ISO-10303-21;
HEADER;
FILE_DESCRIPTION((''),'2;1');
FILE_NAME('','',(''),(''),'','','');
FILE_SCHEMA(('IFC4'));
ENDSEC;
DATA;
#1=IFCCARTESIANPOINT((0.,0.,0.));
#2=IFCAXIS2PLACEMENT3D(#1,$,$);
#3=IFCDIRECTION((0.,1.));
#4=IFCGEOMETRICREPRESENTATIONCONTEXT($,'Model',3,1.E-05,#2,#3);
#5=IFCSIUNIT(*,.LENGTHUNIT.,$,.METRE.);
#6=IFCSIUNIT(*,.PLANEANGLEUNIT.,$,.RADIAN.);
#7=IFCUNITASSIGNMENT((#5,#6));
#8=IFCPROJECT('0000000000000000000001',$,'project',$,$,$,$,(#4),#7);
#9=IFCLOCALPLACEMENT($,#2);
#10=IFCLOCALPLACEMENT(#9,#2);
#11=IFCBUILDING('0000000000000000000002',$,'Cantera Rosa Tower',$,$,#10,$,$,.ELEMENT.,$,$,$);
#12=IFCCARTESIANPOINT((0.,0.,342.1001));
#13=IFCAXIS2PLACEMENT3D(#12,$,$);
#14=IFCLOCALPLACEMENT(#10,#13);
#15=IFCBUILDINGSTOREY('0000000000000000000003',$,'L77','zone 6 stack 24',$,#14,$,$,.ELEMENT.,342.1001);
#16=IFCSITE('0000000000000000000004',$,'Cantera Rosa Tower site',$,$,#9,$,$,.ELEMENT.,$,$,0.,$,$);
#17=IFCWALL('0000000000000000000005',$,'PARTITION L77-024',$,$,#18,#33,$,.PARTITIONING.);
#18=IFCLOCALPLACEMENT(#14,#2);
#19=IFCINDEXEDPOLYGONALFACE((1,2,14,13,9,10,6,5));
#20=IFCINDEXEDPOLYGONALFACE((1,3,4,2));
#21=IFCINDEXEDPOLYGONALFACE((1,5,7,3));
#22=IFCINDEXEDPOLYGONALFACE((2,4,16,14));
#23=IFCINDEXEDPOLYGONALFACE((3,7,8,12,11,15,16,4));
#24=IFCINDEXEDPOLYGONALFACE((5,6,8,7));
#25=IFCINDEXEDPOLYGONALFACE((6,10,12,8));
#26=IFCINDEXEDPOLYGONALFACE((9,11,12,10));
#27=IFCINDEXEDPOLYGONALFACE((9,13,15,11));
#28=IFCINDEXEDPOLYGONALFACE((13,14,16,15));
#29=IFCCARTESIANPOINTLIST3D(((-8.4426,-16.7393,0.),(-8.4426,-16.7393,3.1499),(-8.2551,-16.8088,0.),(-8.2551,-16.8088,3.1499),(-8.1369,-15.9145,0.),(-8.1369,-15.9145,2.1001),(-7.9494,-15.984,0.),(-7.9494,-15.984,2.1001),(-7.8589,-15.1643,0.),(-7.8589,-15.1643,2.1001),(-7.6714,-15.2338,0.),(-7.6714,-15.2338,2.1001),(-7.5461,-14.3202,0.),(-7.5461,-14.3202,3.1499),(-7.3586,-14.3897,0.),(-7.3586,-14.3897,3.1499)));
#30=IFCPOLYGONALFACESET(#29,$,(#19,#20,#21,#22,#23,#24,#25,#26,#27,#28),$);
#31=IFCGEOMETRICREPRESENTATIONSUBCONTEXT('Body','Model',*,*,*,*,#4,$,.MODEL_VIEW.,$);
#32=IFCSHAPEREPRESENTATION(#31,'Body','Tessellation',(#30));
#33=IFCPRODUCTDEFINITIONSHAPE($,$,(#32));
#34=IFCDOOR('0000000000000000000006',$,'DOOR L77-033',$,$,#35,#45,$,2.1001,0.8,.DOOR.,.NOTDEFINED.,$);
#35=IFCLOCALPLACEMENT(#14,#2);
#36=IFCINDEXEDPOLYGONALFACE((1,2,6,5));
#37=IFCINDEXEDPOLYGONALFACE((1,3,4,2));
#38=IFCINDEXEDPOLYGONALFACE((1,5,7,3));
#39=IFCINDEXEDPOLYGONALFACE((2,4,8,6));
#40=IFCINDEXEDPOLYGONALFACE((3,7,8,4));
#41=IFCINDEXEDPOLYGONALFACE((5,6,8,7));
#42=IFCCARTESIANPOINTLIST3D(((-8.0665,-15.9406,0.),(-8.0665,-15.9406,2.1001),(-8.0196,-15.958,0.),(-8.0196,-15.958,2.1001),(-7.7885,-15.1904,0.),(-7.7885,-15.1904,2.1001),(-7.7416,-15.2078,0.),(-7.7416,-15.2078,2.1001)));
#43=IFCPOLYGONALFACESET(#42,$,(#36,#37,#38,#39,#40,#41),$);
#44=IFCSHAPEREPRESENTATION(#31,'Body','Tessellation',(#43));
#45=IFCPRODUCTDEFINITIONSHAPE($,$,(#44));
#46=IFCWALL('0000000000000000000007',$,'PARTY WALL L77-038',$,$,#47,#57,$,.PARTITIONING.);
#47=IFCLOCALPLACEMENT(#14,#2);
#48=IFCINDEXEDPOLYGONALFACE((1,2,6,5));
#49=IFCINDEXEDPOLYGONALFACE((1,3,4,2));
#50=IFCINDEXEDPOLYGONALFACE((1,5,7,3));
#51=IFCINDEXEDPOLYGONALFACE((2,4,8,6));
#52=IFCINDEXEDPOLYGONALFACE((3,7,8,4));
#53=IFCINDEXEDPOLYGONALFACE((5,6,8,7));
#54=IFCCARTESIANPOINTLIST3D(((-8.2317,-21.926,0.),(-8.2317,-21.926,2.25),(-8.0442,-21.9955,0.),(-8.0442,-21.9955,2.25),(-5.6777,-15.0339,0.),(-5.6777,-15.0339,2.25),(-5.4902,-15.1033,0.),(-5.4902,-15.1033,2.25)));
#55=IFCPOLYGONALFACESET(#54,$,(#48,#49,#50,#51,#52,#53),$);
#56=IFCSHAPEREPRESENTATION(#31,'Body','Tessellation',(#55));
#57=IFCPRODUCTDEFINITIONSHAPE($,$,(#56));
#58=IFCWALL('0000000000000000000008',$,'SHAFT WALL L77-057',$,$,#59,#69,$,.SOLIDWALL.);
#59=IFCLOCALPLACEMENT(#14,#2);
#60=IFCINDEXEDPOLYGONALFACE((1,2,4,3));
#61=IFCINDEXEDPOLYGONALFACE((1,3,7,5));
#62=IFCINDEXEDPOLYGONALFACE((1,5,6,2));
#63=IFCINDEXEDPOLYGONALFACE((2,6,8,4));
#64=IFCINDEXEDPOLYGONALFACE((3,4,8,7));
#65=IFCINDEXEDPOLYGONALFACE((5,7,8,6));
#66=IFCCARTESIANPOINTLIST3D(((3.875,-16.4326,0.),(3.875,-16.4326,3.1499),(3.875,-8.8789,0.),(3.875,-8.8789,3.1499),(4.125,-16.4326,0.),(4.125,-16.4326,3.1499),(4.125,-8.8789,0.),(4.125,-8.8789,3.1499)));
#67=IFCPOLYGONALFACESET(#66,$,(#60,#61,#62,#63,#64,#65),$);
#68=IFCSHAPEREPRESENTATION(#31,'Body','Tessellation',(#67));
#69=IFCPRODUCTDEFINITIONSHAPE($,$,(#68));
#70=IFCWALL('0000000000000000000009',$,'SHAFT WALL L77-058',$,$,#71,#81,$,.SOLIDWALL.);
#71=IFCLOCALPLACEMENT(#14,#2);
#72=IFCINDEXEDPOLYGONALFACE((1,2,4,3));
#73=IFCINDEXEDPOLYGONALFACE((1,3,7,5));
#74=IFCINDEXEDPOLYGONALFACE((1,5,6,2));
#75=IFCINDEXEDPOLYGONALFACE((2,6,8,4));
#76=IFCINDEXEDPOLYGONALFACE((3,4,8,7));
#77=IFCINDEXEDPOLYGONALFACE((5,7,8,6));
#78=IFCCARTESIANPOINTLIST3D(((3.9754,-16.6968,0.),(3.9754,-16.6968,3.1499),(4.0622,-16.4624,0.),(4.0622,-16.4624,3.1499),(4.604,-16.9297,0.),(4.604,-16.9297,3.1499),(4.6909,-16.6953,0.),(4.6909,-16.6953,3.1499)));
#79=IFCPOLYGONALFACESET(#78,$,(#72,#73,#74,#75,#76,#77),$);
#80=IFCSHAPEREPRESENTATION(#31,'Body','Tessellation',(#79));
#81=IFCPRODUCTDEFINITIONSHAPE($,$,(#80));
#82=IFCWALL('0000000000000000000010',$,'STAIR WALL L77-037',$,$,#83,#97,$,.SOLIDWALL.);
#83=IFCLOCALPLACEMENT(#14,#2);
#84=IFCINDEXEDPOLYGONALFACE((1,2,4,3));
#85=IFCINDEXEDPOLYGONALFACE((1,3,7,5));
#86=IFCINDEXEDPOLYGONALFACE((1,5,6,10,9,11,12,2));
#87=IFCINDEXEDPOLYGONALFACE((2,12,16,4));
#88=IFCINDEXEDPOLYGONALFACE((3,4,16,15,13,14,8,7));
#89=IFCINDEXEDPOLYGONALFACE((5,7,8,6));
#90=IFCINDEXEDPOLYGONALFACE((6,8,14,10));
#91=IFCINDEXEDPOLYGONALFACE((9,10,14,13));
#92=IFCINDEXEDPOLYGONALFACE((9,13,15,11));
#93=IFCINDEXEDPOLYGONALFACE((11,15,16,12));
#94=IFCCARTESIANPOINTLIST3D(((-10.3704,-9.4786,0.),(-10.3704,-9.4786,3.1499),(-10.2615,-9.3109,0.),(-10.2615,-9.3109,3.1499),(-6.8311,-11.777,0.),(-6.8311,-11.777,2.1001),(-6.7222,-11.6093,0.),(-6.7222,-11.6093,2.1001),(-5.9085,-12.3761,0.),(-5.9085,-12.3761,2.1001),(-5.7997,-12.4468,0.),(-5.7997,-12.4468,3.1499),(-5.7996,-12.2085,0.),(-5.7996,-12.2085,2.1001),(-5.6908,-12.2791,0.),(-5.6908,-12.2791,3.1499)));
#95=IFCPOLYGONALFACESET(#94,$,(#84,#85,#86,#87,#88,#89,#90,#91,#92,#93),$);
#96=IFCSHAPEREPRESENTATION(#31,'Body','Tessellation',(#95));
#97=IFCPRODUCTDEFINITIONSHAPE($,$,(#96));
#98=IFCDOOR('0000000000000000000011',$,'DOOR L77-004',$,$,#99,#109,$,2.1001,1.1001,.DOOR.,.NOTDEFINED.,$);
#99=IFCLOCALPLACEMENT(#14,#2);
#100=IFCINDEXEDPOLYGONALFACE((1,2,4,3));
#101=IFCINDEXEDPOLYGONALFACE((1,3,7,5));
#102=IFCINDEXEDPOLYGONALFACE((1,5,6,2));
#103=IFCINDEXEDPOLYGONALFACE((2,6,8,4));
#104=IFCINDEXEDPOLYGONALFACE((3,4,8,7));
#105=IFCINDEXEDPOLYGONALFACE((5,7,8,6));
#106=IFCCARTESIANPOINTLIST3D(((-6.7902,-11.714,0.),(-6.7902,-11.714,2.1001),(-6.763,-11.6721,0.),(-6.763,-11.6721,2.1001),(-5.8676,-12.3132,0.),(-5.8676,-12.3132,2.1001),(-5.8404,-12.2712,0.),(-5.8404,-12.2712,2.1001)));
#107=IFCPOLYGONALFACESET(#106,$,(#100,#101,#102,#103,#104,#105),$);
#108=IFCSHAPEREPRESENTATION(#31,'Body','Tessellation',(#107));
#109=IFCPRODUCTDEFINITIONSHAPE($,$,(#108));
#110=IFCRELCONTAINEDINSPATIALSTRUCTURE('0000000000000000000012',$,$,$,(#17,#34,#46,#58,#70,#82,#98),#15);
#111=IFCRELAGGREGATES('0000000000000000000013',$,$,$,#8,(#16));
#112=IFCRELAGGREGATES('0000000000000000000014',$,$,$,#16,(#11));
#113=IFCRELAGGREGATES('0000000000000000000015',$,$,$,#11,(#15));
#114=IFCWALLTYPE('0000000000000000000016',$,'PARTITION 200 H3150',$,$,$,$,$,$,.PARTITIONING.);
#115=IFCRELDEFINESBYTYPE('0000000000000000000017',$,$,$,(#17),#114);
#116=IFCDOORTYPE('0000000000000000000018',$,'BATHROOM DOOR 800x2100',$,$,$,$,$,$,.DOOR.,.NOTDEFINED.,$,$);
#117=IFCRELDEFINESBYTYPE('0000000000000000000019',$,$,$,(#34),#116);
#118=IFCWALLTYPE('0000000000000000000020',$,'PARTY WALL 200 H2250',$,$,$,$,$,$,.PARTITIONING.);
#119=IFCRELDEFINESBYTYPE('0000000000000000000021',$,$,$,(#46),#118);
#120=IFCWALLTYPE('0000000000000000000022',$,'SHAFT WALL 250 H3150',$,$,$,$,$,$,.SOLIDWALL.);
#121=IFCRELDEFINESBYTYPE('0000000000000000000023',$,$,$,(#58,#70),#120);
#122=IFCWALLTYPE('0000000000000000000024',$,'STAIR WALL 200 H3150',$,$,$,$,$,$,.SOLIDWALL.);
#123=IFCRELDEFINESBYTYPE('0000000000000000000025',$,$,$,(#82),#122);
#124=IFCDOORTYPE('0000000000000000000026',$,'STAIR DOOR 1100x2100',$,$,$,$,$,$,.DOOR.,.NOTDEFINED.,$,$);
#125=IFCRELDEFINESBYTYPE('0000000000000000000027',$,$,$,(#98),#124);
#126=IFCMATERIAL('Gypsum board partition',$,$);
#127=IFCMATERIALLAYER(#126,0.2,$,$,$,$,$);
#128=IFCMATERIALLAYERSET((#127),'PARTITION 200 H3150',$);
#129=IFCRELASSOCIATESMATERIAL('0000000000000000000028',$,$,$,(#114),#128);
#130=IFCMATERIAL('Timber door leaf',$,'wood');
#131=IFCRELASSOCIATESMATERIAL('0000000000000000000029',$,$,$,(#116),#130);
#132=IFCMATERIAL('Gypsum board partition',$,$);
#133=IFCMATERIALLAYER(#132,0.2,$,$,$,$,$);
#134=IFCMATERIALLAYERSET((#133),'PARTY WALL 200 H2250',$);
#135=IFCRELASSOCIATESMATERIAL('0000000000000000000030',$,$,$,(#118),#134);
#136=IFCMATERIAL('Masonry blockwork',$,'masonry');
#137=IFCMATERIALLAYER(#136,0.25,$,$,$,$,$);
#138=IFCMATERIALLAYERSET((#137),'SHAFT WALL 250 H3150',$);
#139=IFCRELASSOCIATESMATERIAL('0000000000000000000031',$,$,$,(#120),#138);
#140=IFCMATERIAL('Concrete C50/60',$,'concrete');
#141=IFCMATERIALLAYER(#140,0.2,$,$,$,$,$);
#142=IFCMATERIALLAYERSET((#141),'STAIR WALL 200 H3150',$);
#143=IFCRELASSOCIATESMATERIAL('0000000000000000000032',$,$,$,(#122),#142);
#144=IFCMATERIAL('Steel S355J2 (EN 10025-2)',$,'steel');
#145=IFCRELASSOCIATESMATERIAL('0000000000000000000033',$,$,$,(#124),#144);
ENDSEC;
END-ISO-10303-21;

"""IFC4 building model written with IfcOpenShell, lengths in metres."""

from ifc_helpers import new_model, si_unit, direction, frame, frame_2d, origin, place, context, subcontext, project, spatial, rectangle, extrude, material, layer, layer_set, type_object, element, fill, save


model = new_model("IFC4")

# Units and contexts
model_context = context("Model", 3, precision=1e-05, world=origin(), true_north=direction((0.0, 1.0)))
body_context = subcontext(model_context, "Body", "Model", "MODEL_VIEW")
ifc_project = project(units=[si_unit("LENGTHUNIT", "METRE"), si_unit("PLANEANGLEUNIT", "RADIAN")], contexts=[model_context])

# Site, building, storey
site_placement = place(None, origin())
site = spatial("IfcSite", under=ifc_project, at=site_placement, Name="Cantera Rosa Tower site", CompositionType="ELEMENT", RefElevation=0.0)
building_placement = place(site_placement, origin())
building = spatial("IfcBuilding", under=site, at=building_placement, Name="Cantera Rosa Tower", CompositionType="ELEMENT")
storey_placement = place(building_placement, frame((0.0, 0.0, 342.1001)))
storey = spatial("IfcBuildingStorey", under=building, at=storey_placement, Name="L77", Description="zone 6 stack 24", CompositionType="ELEMENT", Elevation=342.1001)

# Shared definitions
ifc_material_1 = material(Name="Gypsum board partition")
ifc_layer_1 = layer(ifc_material_1, 0.2)
ifc_layer_set_1 = layer_set([ifc_layer_1], Name="PARTITION 200 H3150")
wall_type_1 = type_object("IfcWallType", Name="PARTITION 200 H3150", PredefinedType="PARTITIONING", material=ifc_layer_set_1)

# Wall, opening, door
wall_1_placement = place(storey_placement, frame((-8.3489, -16.7742, 0.0), z_axis=(0.0, 0.0, 1.0), x_axis=(0.347481, 0.937687, 0.0)))
wall_1 = element("IfcWall", 1, at=wall_1_placement, inside=storey, type_object=wall_type_1, Name="PARTITION L77-024", PredefinedType="PARTITIONING", context=body_context, shape_type="SweptSolid", body=[
    extrude(rectangle(XDim=2.5798, YDim=0.2, at=frame_2d((1.29, 0.0))), origin(), (0.0, 0.0, 1.0), 3.1499),
])
opening_1_placement = place(wall_1_placement, frame((0.8799, 0.0, 0.0)))
opening_1 = element("IfcOpeningElement", 2, at=opening_1_placement, cuts=wall_1, PredefinedType="OPENING", context=body_context, shape_type="SweptSolid", body=[
    extrude(rectangle(XDim=0.8, YDim=2.1001, at=frame_2d((0.3999, 1.05))), frame((0.0, 0.1099, 0.0), z_axis=(0.0, -1.0, 0.0), x_axis=(1.0, 0.0, 0.0)), (0.0, 0.0, 1.0), 0.22),
])
ifc_material_2 = material(Name="Timber door leaf", Category="wood")
door_type_1 = type_object("IfcDoorType", Name="BATHROOM DOOR 800x2100", OperationType="NOTDEFINED", PredefinedType="DOOR", material=ifc_material_2)
door_1_placement = place(opening_1_placement, origin())
door_1 = element("IfcDoor", 3, at=door_1_placement, inside=storey, type_object=door_type_1, Name="DOOR L77-033", OperationType="NOTDEFINED", OverallHeight=2.1001, OverallWidth=0.8, PredefinedType="DOOR", context=body_context, shape_type="SweptSolid", body=[
    extrude(rectangle(XDim=0.8, YDim=2.1001, at=frame_2d((0.3999, 1.05))), frame((0.0, 0.0249, 0.0), z_axis=(0.0, -1.0, 0.0), x_axis=(1.0, 0.0, 0.0)), (0.0, 0.0, 1.0), 0.05),
])
fill(opening_1, door_1)

# Walls
ifc_material_3 = material(Name="Gypsum board partition")
ifc_layer_2 = layer(ifc_material_3, 0.2)
ifc_layer_set_2 = layer_set([ifc_layer_2], Name="PARTY WALL 200 H2250")
wall_type_2 = type_object("IfcWallType", Name="PARTY WALL 200 H2250", PredefinedType="PARTITIONING", material=ifc_layer_set_2)
wall_2_placement = place(storey_placement, frame((-5.584, -15.0686, 0.0), z_axis=(0.0, 0.0, 1.0), x_axis=(-0.347473, -0.93769, 0.0)))
element("IfcWall", 4, at=wall_2_placement, inside=storey, type_object=wall_type_2, Name="PARTY WALL L77-038", PredefinedType="PARTITIONING", context=body_context, shape_type="SweptSolid", body=[
    extrude(rectangle(XDim=7.3501, YDim=0.2, at=frame_2d((3.675, 0.0))), origin(), (0.0, 0.0, 1.0), 2.25),
])
ifc_material_4 = material(Name="Masonry blockwork", Category="masonry")
ifc_layer_3 = layer(ifc_material_4, 0.25)
ifc_layer_set_3 = layer_set([ifc_layer_3], Name="SHAFT WALL 250 H3150")
wall_type_3 = type_object("IfcWallType", Name="SHAFT WALL 250 H3150", PredefinedType="SOLIDWALL", material=ifc_layer_set_3)
wall_3_placement = place(storey_placement, frame((4.0, -16.4326, 0.0), z_axis=(0.0, 0.0, 1.0), x_axis=(0.0, 1.0, 0.0)))
element("IfcWall", 5, at=wall_3_placement, inside=storey, type_object=wall_type_3, Name="SHAFT WALL L77-057", PredefinedType="SOLIDWALL", context=body_context, shape_type="SweptSolid", body=[
    extrude(rectangle(XDim=7.5537, YDim=0.25, at=frame_2d((3.7769, 0.0))), origin(), (0.0, 0.0, 1.0), 3.1499),
])
wall_4_placement = place(storey_placement, frame((4.0188, -16.5796, 0.0), z_axis=(0.0, 0.0, 1.0), x_axis=(0.937714, -0.347409, 0.0)))
element("IfcWall", 6, at=wall_4_placement, inside=storey, type_object=wall_type_3, Name="SHAFT WALL L77-058", PredefinedType="SOLIDWALL", context=body_context, shape_type="SweptSolid", body=[
    extrude(rectangle(XDim=0.6704, YDim=0.25, at=frame_2d((0.3352, 0.0))), origin(), (0.0, 0.0, 1.0), 3.1499),
])

# Wall, opening, door
ifc_material_5 = material(Name="Concrete C50/60", Category="concrete")
ifc_layer_4 = layer(ifc_material_5, 0.2)
ifc_layer_set_4 = layer_set([ifc_layer_4], Name="STAIR WALL 200 H3150")
wall_type_4 = type_object("IfcWallType", Name="STAIR WALL 200 H3150", PredefinedType="SOLIDWALL", material=ifc_layer_set_4)
wall_5_placement = place(storey_placement, frame((-5.7451, -12.363, 0.0), z_axis=(0.0, 0.0, 1.0), x_axis=(-0.838675, 0.544632, 0.0)))
wall_5 = element("IfcWall", 7, at=wall_5_placement, inside=storey, type_object=wall_type_4, Name="STAIR WALL L77-037", PredefinedType="SOLIDWALL", context=body_context, shape_type="SweptSolid", body=[
    extrude(rectangle(XDim=5.45, YDim=0.2, at=frame_2d((2.7251, 0.0))), origin(), (0.0, 0.0, 1.0), 3.1499),
])
opening_2_placement = place(wall_5_placement, frame((0.1299, 0.0, 0.0)))
opening_2 = element("IfcOpeningElement", 8, at=opening_2_placement, cuts=wall_5, PredefinedType="OPENING", context=body_context, shape_type="SweptSolid", body=[
    extrude(rectangle(XDim=1.1001, YDim=2.1001, at=frame_2d((0.55, 1.05))), frame((0.0, 0.1099, 0.0), z_axis=(0.0, -1.0, 0.0), x_axis=(1.0, 0.0, 0.0)), (0.0, 0.0, 1.0), 0.22),
])
ifc_material_6 = material(Name="Steel S355J2 (EN 10025-2)", Category="steel")
door_type_2 = type_object("IfcDoorType", Name="STAIR DOOR 1100x2100", OperationType="NOTDEFINED", PredefinedType="DOOR", material=ifc_material_6)
door_2_placement = place(opening_2_placement, origin())
door_2 = element("IfcDoor", 9, at=door_2_placement, inside=storey, type_object=door_type_2, Name="DOOR L77-004", OperationType="NOTDEFINED", OverallHeight=2.1001, OverallWidth=1.1001, PredefinedType="DOOR", context=body_context, shape_type="SweptSolid", body=[
    extrude(rectangle(XDim=1.1001, YDim=2.1001, at=frame_2d((0.55, 1.05))), frame((0.0, 0.0249, 0.0), z_axis=(0.0, -1.0, 0.0), x_axis=(1.0, 0.0, 0.0)), (0.0, 0.0, 1.0), 0.05),
])
fill(opening_2, door_2)

save(model, "model.ifc")
